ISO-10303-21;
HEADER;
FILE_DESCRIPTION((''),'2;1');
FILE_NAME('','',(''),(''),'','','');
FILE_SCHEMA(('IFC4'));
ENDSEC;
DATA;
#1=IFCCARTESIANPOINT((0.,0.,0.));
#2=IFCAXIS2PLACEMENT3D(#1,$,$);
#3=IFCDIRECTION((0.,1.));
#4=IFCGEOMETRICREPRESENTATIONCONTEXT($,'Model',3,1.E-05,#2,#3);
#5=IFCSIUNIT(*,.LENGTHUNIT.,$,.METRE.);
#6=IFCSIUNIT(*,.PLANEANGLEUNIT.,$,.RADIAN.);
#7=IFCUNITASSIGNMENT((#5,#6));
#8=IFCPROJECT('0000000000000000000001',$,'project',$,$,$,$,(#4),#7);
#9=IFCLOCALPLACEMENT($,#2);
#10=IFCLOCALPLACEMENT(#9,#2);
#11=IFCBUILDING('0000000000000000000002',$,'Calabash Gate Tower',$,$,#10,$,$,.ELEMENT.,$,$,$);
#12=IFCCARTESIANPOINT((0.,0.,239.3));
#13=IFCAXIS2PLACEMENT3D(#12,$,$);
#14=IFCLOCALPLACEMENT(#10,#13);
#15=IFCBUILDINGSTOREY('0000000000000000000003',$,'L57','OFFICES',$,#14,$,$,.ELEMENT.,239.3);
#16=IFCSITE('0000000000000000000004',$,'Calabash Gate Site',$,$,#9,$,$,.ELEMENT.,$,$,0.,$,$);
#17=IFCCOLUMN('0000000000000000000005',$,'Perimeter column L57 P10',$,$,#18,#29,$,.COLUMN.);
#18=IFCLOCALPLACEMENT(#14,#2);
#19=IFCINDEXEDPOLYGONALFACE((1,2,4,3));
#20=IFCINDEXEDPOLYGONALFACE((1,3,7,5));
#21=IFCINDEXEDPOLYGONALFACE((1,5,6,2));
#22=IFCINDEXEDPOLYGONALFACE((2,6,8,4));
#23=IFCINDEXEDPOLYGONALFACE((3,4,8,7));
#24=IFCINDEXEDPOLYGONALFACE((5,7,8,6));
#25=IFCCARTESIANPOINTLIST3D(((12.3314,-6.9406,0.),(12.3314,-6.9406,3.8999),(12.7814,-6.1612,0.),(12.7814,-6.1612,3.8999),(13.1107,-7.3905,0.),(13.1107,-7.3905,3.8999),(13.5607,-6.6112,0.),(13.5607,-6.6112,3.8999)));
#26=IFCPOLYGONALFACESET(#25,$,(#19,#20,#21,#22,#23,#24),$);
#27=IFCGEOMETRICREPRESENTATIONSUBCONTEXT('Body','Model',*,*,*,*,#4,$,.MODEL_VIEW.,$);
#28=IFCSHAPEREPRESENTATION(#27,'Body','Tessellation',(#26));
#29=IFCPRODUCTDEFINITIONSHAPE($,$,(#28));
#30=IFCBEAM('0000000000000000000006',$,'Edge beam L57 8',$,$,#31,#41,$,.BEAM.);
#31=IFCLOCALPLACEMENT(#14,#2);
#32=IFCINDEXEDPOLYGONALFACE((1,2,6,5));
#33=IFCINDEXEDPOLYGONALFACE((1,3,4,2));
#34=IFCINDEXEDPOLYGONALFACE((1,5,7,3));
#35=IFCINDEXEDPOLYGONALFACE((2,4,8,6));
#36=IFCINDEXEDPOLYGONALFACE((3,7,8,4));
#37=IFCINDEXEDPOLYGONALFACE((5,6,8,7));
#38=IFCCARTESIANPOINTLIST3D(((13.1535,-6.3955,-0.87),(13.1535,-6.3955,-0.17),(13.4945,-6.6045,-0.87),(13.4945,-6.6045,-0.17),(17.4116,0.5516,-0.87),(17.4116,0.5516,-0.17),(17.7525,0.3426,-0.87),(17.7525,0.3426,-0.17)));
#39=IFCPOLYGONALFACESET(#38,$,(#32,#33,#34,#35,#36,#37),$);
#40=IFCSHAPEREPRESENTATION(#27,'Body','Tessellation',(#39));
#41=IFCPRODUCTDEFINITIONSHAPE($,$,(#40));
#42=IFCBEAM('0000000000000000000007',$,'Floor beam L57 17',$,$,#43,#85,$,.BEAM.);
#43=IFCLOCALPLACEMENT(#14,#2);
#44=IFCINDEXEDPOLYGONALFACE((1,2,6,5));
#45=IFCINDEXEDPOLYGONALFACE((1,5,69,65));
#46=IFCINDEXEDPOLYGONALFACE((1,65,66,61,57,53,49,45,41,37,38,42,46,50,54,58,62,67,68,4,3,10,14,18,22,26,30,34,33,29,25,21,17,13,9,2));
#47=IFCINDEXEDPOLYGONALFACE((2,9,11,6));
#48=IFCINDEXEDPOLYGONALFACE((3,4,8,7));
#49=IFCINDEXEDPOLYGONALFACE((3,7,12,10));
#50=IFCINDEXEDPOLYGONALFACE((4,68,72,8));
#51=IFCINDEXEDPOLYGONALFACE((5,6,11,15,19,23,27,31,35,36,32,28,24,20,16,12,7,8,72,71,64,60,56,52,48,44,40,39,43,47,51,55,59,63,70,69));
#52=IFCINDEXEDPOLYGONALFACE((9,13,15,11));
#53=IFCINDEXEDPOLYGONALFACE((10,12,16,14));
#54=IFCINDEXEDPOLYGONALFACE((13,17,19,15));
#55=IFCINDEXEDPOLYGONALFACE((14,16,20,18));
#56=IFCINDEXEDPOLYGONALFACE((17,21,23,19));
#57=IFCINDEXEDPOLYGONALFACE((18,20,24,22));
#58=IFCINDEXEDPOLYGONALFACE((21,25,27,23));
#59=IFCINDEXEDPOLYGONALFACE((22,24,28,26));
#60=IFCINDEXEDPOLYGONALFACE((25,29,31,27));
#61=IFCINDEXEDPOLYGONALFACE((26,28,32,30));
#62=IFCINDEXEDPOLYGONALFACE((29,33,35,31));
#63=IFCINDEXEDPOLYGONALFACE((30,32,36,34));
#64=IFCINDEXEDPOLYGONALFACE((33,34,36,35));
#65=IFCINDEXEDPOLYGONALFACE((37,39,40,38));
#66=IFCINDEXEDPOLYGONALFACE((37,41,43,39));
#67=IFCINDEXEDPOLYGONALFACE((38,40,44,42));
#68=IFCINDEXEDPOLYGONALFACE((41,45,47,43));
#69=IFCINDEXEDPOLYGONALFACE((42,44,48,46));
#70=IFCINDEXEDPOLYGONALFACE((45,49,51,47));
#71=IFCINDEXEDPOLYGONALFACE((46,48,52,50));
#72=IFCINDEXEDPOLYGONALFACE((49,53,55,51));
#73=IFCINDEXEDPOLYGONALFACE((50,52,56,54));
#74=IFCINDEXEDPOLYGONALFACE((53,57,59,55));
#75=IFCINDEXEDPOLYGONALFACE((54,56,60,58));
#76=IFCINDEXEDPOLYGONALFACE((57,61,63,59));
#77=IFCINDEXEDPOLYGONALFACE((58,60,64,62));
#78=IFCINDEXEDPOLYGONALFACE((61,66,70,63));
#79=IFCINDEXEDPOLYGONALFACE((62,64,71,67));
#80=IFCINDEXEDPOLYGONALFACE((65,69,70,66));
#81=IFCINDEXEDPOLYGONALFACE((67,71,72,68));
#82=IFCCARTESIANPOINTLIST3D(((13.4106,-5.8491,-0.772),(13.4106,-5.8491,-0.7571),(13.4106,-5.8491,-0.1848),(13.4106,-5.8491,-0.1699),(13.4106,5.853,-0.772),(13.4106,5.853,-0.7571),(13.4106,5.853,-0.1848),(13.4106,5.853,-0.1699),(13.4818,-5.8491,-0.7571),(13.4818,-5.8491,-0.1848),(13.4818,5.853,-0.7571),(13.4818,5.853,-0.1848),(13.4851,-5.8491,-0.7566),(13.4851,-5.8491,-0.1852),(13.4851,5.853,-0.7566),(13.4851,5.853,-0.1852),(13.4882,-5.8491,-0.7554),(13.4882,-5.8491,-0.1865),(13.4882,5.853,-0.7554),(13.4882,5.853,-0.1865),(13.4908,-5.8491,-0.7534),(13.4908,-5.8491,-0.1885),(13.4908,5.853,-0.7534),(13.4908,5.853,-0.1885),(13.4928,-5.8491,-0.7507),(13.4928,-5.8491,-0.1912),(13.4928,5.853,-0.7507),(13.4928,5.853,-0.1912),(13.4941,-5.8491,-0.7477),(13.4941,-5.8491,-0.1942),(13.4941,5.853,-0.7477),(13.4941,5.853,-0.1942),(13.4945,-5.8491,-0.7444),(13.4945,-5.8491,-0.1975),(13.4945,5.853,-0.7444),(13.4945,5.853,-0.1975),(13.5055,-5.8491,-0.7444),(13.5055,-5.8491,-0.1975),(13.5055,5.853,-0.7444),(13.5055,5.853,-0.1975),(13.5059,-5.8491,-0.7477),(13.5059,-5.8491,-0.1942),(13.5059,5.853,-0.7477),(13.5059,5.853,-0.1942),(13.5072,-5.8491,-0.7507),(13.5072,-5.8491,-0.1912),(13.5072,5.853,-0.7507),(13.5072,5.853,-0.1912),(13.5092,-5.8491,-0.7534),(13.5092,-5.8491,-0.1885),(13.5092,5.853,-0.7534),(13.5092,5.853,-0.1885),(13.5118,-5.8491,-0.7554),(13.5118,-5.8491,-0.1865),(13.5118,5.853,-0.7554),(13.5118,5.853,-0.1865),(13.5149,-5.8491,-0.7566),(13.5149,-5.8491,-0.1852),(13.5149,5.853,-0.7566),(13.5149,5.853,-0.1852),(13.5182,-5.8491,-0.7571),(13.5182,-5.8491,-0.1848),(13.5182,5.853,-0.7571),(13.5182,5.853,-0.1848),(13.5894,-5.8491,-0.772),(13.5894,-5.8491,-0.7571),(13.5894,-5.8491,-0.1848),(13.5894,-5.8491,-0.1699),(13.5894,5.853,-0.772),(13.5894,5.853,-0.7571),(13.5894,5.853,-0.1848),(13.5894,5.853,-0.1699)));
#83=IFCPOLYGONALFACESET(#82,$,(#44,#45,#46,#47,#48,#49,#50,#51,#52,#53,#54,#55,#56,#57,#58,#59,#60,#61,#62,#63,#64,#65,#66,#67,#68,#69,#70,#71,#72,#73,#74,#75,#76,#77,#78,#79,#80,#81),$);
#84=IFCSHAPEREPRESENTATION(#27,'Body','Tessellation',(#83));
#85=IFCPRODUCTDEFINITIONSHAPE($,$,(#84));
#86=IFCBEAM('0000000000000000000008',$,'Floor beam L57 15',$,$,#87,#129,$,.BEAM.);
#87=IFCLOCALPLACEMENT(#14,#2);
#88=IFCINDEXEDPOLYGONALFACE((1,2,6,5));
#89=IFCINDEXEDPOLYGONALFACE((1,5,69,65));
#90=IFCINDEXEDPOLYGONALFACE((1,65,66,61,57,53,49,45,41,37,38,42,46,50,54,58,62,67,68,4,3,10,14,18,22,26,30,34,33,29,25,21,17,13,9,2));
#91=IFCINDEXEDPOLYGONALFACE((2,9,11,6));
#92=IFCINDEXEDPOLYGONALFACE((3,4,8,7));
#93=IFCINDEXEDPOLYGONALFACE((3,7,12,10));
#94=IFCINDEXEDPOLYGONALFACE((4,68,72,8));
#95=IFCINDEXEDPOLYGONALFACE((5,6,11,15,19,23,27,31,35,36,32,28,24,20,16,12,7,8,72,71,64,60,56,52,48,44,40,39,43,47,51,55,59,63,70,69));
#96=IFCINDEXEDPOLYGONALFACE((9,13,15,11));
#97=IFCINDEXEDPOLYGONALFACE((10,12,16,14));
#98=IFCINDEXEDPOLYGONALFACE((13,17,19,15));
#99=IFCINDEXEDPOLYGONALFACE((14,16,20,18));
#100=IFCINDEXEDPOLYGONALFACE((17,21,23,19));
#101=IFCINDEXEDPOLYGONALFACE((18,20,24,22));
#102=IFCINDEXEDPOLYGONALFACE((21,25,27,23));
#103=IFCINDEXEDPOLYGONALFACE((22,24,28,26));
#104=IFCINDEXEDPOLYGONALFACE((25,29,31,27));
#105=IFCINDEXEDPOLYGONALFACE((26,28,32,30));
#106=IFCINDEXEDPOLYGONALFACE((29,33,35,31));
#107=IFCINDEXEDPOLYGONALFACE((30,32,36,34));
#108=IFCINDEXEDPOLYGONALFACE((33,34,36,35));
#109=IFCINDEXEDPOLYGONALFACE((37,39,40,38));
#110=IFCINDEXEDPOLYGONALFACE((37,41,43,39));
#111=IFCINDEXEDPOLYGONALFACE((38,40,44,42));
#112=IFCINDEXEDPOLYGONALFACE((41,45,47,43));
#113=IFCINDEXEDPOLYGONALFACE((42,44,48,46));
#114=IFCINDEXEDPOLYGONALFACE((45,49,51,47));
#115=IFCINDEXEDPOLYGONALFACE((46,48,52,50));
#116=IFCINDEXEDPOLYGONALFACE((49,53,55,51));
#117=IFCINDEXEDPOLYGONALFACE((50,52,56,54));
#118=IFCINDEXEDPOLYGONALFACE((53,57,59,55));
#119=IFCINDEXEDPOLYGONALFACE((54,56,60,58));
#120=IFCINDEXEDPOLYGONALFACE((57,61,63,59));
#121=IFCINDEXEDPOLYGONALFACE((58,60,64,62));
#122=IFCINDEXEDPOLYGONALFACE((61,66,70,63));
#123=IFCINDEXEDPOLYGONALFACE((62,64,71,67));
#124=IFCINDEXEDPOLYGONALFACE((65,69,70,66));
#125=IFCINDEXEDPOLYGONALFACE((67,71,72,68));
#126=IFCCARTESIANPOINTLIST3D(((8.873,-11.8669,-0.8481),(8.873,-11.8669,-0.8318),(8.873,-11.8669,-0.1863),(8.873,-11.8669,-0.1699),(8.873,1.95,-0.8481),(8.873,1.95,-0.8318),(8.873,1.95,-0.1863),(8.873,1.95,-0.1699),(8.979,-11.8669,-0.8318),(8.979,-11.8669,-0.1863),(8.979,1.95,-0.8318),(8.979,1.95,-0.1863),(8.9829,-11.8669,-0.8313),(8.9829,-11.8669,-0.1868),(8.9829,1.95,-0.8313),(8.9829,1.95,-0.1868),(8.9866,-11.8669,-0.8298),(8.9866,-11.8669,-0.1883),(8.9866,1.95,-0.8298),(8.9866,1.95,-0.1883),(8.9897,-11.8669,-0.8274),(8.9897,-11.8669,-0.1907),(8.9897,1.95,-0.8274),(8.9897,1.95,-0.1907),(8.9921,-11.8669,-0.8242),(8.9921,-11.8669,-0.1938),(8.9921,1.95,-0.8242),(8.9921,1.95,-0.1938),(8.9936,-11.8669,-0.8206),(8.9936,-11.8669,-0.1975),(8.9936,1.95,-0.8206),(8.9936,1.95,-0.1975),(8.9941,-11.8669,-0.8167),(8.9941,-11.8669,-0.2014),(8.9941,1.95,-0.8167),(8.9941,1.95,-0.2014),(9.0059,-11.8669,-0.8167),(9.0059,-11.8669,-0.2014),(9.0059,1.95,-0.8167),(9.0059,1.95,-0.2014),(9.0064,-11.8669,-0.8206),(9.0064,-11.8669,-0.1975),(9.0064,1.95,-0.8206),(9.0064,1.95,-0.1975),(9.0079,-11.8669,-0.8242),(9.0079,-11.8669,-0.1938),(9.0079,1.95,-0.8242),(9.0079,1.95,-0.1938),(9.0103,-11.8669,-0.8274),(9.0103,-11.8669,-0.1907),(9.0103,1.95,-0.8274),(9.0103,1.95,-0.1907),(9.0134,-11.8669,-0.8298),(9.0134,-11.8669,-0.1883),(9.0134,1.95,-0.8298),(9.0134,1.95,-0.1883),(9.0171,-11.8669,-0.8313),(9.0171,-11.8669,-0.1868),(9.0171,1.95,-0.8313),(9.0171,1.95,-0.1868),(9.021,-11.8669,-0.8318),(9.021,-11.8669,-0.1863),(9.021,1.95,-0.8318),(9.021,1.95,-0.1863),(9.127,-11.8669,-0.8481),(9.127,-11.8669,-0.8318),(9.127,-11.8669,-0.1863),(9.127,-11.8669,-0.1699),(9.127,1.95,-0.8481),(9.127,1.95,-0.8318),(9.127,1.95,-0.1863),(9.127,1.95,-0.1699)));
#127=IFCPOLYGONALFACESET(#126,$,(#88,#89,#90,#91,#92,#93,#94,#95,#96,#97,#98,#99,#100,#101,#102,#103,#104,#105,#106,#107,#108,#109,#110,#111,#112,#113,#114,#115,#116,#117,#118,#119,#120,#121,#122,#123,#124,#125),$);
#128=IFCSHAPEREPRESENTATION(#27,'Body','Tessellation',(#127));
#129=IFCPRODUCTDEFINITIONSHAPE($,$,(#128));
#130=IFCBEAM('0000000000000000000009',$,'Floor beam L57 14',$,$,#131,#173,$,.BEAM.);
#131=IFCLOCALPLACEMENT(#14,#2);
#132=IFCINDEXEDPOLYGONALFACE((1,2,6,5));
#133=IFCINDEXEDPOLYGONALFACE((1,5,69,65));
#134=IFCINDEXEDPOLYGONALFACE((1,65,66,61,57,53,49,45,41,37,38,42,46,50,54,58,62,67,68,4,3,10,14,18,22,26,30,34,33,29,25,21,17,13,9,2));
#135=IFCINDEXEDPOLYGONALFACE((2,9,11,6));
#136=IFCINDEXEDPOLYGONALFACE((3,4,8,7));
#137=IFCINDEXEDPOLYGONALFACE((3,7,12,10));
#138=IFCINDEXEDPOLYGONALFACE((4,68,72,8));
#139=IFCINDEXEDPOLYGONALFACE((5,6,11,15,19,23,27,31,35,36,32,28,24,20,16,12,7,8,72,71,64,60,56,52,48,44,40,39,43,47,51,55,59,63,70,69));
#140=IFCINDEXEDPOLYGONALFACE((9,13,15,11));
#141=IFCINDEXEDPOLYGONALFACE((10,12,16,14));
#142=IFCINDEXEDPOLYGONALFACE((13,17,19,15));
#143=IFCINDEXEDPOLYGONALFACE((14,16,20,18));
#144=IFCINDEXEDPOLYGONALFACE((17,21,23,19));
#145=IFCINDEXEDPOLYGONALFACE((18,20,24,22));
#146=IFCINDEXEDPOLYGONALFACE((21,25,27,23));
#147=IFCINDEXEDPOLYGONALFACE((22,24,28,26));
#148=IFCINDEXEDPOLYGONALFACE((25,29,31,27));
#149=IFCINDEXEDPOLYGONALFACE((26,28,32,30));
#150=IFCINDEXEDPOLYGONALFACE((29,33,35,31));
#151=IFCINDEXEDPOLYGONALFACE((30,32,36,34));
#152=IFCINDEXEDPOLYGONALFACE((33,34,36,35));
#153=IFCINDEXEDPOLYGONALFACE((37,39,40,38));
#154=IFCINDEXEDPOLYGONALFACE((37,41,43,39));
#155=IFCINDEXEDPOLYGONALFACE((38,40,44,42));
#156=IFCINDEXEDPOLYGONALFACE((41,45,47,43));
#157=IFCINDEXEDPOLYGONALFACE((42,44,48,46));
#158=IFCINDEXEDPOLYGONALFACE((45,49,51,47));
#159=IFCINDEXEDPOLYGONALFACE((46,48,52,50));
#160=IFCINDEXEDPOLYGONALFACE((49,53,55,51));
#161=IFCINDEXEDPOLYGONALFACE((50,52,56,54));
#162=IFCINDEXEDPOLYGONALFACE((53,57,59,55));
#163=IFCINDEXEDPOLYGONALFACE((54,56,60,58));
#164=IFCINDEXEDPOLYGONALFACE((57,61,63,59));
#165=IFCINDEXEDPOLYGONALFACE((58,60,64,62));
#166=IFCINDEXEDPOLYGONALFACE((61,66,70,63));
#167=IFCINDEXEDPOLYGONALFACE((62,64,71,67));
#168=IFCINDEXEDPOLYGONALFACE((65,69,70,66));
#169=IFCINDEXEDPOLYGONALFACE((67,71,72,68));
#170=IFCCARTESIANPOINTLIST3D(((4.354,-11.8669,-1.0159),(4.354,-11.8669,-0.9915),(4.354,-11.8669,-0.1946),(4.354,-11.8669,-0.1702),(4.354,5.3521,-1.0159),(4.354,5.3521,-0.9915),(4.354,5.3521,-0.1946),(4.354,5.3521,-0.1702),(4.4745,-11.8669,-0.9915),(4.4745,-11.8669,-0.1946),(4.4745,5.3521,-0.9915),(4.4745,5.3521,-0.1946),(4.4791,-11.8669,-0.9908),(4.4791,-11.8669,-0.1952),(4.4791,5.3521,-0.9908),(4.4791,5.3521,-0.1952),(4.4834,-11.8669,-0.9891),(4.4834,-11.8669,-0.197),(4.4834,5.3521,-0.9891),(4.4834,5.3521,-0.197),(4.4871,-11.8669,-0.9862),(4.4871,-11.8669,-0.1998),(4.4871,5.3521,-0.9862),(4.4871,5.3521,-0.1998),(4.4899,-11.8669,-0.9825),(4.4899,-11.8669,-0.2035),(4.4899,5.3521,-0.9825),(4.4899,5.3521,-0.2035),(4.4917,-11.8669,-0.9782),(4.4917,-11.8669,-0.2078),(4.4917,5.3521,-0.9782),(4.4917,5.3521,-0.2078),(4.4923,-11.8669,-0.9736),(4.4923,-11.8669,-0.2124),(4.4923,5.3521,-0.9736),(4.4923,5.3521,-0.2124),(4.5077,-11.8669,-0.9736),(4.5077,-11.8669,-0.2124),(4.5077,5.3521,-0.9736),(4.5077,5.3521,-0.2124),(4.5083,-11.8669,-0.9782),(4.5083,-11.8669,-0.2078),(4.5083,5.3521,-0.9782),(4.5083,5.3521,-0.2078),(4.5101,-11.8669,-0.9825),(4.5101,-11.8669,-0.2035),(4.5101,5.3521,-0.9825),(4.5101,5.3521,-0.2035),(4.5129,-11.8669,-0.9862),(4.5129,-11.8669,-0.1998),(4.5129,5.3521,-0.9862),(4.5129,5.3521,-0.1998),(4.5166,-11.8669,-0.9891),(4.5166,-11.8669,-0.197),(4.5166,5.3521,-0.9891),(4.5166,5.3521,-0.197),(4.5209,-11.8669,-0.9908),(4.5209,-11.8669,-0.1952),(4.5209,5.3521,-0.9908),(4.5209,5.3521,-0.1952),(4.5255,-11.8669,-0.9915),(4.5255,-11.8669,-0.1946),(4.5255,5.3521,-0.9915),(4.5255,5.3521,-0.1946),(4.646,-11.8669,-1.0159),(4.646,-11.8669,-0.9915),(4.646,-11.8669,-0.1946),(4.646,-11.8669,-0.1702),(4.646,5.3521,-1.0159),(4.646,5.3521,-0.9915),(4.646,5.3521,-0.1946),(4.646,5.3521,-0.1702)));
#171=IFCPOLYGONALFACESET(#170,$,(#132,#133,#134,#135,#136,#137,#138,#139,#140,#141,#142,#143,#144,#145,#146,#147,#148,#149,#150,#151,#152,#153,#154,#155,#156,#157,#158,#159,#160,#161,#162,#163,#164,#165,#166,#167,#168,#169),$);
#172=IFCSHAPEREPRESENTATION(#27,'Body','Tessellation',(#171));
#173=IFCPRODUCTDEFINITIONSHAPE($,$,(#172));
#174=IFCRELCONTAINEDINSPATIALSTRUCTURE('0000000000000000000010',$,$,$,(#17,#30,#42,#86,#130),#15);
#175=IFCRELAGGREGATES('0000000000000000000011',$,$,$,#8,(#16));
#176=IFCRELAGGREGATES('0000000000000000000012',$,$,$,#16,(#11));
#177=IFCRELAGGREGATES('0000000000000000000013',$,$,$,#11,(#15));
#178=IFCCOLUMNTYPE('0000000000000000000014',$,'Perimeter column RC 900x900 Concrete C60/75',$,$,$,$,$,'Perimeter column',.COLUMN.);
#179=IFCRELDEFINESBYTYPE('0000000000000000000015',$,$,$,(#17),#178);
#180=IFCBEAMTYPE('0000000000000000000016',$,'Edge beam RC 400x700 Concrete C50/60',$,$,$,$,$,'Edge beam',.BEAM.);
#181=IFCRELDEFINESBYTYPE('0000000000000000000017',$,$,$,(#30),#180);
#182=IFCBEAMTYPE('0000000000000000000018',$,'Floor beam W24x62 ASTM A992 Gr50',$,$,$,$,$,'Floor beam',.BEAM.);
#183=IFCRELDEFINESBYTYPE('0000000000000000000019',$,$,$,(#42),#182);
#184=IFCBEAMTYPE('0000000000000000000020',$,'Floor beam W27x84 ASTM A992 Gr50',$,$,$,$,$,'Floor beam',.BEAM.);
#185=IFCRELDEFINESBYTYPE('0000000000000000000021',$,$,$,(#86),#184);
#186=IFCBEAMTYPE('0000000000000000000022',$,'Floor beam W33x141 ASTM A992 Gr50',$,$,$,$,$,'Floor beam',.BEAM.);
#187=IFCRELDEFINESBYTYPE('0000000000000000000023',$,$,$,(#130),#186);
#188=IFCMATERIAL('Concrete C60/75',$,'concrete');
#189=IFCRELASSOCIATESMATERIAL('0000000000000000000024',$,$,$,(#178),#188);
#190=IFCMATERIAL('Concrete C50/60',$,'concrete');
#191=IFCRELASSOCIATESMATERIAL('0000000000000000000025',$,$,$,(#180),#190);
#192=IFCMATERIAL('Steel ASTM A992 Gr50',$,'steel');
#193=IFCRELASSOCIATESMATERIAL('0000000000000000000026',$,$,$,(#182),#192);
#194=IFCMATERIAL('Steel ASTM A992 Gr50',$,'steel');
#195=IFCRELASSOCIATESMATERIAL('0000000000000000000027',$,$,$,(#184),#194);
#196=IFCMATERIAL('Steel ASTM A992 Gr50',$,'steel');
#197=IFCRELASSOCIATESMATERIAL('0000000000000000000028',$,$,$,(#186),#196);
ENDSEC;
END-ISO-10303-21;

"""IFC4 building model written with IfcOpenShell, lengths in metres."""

from ifc_helpers import new_model, si_unit, direction, frame, origin, origin_2d, place, context, subcontext, project, spatial, rectangle, i_section, extrude, material, material_profile, profile_set, type_object, element, save


model = new_model("IFC4")

# Units and contexts
model_context = context("Model", 3, precision=1e-05, world=origin(), true_north=direction((0.0, 1.0)))
body_context = subcontext(model_context, "Body", "Model", "MODEL_VIEW")
ifc_project = project(units=[si_unit("LENGTHUNIT", "METRE"), si_unit("PLANEANGLEUNIT", "RADIAN")], contexts=[model_context])

# Site, building, storey
site_placement = place(None, origin())
site = spatial("IfcSite", under=ifc_project, at=site_placement, Name="Calabash Gate Site", CompositionType="ELEMENT", RefElevation=0.0)
building_placement = place(site_placement, origin())
building = spatial("IfcBuilding", under=site, at=building_placement, Name="Calabash Gate Tower", CompositionType="ELEMENT")
storey_placement = place(building_placement, frame((0.0, 0.0, 239.3)))
storey = spatial("IfcBuildingStorey", under=building, at=storey_placement, Name="L57", Description="OFFICES", CompositionType="ELEMENT", Elevation=239.3)

# Column
ifc_material_1 = material(Name="Concrete C60/75", Category="concrete")
ifc_material_profile_1 = material_profile(ifc_material_1, rectangle(XDim=0.8999, YDim=0.8999, at=origin_2d()))
ifc_profile_set_1 = profile_set([ifc_material_profile_1], Name="Concrete C60/75")
column_type = type_object("IfcColumnType", Name="Perimeter column RC 900x900 Concrete C60/75", ElementType="Perimeter column", PredefinedType="COLUMN", material=ifc_profile_set_1)
column_placement = place(storey_placement, frame((12.946, -6.7759, 0.0), z_axis=(0.0, 0.0, 1.0), x_axis=(0.5, 0.866025, 0.0)))
element("IfcColumn", 1, at=column_placement, inside=storey, type_object=column_type, Name="Perimeter column L57 P10", PredefinedType="COLUMN", context=body_context, shape_type="SweptSolid", body=[
    extrude(rectangle(XDim=0.8999, YDim=0.8999, at=origin_2d()), origin(), (0.0, 0.0, 1.0), 3.8999),
])

# Beams
ifc_material_2 = material(Name="Concrete C50/60", Category="concrete")
ifc_material_profile_2 = material_profile(ifc_material_2, rectangle(XDim=0.3999, YDim=0.7, at=origin_2d()))
ifc_profile_set_2 = profile_set([ifc_material_profile_2], Name="Concrete C50/60")
beam_type_1 = type_object("IfcBeamType", Name="Edge beam RC 400x700 Concrete C50/60", ElementType="Edge beam", PredefinedType="BEAM", material=ifc_profile_set_2)
beam_1_placement = place(storey_placement, frame((13.324, -6.5, -0.52), z_axis=(0.52258, 0.85259, 0.0), x_axis=(-0.85259, 0.52258, 0.0)))
element("IfcBeam", 2, at=beam_1_placement, inside=storey, type_object=beam_type_1, Name="Edge beam L57 8", PredefinedType="BEAM", context=body_context, shape_type="SweptSolid", body=[
    extrude(rectangle(XDim=0.3999, YDim=0.7, at=origin_2d()), origin(), (0.0, 0.0, 1.0), 8.1482),
])
ifc_material_3 = material(Name="Steel ASTM A992 Gr50", Category="steel")
ifc_material_profile_3 = material_profile(ifc_material_3, i_section(OverallWidth=0.1787, OverallDepth=0.6021, WebThickness=0.011, FlangeThickness=0.0149, FilletRadius=0.0127, at=origin_2d()))
ifc_profile_set_3 = profile_set([ifc_material_profile_3], Name="Steel ASTM A992 Gr50")
beam_type_2 = type_object("IfcBeamType", Name="Floor beam W24x62 ASTM A992 Gr50", ElementType="Floor beam", PredefinedType="BEAM", material=ifc_profile_set_3)
beam_2_placement = place(storey_placement, frame((13.5, -5.8491, -0.4709), z_axis=(0.0, 1.0, 0.0), x_axis=(-1.0, 0.0, 0.0)))
element("IfcBeam", 3, at=beam_2_placement, inside=storey, type_object=beam_type_2, Name="Floor beam L57 17", PredefinedType="BEAM", context=body_context, shape_type="SweptSolid", body=[
    extrude(i_section(OverallWidth=0.1787, OverallDepth=0.6021, WebThickness=0.011, FlangeThickness=0.0149, FilletRadius=0.0127, at=origin_2d()), origin(), (0.0, 0.0, 1.0), 11.7021),
])
ifc_material_4 = material(Name="Steel ASTM A992 Gr50", Category="steel")
ifc_material_profile_4 = material_profile(ifc_material_4, i_section(OverallWidth=0.2539, OverallDepth=0.6782, WebThickness=0.0117, FlangeThickness=0.0164, FilletRadius=0.0151, at=origin_2d()))
ifc_profile_set_4 = profile_set([ifc_material_profile_4], Name="Steel ASTM A992 Gr50")
beam_type_3 = type_object("IfcBeamType", Name="Floor beam W27x84 ASTM A992 Gr50", ElementType="Floor beam", PredefinedType="BEAM", material=ifc_profile_set_4)
beam_3_placement = place(storey_placement, frame((9.0, -11.8669, -0.509), z_axis=(0.0, 1.0, 0.0), x_axis=(-1.0, 0.0, 0.0)))
element("IfcBeam", 4, at=beam_3_placement, inside=storey, type_object=beam_type_3, Name="Floor beam L57 15", PredefinedType="BEAM", context=body_context, shape_type="SweptSolid", body=[
    extrude(i_section(OverallWidth=0.2539, OverallDepth=0.6782, WebThickness=0.0117, FlangeThickness=0.0164, FilletRadius=0.0151, at=origin_2d()), origin(), (0.0, 0.0, 1.0), 13.8169),
])
ifc_material_5 = material(Name="Steel ASTM A992 Gr50", Category="steel")
ifc_material_profile_5 = material_profile(ifc_material_5, i_section(OverallWidth=0.292, OverallDepth=0.8457, WebThickness=0.0154, FlangeThickness=0.0244, FilletRadius=0.0178, at=origin_2d()))
ifc_profile_set_5 = profile_set([ifc_material_profile_5], Name="Steel ASTM A992 Gr50")
beam_type_4 = type_object("IfcBeamType", Name="Floor beam W33x141 ASTM A992 Gr50", ElementType="Floor beam", PredefinedType="BEAM", material=ifc_profile_set_5)
beam_4_placement = place(storey_placement, frame((4.5, -11.8669, -0.593), z_axis=(0.0, 1.0, 0.0), x_axis=(-1.0, 0.0, 0.0)))
element("IfcBeam", 5, at=beam_4_placement, inside=storey, type_object=beam_type_4, Name="Floor beam L57 14", PredefinedType="BEAM", context=body_context, shape_type="SweptSolid", body=[
    extrude(i_section(OverallWidth=0.292, OverallDepth=0.8457, WebThickness=0.0154, FlangeThickness=0.0244, FilletRadius=0.0178, at=origin_2d()), origin(), (0.0, 0.0, 1.0), 17.219),
])

save(model, "model.ifc")
